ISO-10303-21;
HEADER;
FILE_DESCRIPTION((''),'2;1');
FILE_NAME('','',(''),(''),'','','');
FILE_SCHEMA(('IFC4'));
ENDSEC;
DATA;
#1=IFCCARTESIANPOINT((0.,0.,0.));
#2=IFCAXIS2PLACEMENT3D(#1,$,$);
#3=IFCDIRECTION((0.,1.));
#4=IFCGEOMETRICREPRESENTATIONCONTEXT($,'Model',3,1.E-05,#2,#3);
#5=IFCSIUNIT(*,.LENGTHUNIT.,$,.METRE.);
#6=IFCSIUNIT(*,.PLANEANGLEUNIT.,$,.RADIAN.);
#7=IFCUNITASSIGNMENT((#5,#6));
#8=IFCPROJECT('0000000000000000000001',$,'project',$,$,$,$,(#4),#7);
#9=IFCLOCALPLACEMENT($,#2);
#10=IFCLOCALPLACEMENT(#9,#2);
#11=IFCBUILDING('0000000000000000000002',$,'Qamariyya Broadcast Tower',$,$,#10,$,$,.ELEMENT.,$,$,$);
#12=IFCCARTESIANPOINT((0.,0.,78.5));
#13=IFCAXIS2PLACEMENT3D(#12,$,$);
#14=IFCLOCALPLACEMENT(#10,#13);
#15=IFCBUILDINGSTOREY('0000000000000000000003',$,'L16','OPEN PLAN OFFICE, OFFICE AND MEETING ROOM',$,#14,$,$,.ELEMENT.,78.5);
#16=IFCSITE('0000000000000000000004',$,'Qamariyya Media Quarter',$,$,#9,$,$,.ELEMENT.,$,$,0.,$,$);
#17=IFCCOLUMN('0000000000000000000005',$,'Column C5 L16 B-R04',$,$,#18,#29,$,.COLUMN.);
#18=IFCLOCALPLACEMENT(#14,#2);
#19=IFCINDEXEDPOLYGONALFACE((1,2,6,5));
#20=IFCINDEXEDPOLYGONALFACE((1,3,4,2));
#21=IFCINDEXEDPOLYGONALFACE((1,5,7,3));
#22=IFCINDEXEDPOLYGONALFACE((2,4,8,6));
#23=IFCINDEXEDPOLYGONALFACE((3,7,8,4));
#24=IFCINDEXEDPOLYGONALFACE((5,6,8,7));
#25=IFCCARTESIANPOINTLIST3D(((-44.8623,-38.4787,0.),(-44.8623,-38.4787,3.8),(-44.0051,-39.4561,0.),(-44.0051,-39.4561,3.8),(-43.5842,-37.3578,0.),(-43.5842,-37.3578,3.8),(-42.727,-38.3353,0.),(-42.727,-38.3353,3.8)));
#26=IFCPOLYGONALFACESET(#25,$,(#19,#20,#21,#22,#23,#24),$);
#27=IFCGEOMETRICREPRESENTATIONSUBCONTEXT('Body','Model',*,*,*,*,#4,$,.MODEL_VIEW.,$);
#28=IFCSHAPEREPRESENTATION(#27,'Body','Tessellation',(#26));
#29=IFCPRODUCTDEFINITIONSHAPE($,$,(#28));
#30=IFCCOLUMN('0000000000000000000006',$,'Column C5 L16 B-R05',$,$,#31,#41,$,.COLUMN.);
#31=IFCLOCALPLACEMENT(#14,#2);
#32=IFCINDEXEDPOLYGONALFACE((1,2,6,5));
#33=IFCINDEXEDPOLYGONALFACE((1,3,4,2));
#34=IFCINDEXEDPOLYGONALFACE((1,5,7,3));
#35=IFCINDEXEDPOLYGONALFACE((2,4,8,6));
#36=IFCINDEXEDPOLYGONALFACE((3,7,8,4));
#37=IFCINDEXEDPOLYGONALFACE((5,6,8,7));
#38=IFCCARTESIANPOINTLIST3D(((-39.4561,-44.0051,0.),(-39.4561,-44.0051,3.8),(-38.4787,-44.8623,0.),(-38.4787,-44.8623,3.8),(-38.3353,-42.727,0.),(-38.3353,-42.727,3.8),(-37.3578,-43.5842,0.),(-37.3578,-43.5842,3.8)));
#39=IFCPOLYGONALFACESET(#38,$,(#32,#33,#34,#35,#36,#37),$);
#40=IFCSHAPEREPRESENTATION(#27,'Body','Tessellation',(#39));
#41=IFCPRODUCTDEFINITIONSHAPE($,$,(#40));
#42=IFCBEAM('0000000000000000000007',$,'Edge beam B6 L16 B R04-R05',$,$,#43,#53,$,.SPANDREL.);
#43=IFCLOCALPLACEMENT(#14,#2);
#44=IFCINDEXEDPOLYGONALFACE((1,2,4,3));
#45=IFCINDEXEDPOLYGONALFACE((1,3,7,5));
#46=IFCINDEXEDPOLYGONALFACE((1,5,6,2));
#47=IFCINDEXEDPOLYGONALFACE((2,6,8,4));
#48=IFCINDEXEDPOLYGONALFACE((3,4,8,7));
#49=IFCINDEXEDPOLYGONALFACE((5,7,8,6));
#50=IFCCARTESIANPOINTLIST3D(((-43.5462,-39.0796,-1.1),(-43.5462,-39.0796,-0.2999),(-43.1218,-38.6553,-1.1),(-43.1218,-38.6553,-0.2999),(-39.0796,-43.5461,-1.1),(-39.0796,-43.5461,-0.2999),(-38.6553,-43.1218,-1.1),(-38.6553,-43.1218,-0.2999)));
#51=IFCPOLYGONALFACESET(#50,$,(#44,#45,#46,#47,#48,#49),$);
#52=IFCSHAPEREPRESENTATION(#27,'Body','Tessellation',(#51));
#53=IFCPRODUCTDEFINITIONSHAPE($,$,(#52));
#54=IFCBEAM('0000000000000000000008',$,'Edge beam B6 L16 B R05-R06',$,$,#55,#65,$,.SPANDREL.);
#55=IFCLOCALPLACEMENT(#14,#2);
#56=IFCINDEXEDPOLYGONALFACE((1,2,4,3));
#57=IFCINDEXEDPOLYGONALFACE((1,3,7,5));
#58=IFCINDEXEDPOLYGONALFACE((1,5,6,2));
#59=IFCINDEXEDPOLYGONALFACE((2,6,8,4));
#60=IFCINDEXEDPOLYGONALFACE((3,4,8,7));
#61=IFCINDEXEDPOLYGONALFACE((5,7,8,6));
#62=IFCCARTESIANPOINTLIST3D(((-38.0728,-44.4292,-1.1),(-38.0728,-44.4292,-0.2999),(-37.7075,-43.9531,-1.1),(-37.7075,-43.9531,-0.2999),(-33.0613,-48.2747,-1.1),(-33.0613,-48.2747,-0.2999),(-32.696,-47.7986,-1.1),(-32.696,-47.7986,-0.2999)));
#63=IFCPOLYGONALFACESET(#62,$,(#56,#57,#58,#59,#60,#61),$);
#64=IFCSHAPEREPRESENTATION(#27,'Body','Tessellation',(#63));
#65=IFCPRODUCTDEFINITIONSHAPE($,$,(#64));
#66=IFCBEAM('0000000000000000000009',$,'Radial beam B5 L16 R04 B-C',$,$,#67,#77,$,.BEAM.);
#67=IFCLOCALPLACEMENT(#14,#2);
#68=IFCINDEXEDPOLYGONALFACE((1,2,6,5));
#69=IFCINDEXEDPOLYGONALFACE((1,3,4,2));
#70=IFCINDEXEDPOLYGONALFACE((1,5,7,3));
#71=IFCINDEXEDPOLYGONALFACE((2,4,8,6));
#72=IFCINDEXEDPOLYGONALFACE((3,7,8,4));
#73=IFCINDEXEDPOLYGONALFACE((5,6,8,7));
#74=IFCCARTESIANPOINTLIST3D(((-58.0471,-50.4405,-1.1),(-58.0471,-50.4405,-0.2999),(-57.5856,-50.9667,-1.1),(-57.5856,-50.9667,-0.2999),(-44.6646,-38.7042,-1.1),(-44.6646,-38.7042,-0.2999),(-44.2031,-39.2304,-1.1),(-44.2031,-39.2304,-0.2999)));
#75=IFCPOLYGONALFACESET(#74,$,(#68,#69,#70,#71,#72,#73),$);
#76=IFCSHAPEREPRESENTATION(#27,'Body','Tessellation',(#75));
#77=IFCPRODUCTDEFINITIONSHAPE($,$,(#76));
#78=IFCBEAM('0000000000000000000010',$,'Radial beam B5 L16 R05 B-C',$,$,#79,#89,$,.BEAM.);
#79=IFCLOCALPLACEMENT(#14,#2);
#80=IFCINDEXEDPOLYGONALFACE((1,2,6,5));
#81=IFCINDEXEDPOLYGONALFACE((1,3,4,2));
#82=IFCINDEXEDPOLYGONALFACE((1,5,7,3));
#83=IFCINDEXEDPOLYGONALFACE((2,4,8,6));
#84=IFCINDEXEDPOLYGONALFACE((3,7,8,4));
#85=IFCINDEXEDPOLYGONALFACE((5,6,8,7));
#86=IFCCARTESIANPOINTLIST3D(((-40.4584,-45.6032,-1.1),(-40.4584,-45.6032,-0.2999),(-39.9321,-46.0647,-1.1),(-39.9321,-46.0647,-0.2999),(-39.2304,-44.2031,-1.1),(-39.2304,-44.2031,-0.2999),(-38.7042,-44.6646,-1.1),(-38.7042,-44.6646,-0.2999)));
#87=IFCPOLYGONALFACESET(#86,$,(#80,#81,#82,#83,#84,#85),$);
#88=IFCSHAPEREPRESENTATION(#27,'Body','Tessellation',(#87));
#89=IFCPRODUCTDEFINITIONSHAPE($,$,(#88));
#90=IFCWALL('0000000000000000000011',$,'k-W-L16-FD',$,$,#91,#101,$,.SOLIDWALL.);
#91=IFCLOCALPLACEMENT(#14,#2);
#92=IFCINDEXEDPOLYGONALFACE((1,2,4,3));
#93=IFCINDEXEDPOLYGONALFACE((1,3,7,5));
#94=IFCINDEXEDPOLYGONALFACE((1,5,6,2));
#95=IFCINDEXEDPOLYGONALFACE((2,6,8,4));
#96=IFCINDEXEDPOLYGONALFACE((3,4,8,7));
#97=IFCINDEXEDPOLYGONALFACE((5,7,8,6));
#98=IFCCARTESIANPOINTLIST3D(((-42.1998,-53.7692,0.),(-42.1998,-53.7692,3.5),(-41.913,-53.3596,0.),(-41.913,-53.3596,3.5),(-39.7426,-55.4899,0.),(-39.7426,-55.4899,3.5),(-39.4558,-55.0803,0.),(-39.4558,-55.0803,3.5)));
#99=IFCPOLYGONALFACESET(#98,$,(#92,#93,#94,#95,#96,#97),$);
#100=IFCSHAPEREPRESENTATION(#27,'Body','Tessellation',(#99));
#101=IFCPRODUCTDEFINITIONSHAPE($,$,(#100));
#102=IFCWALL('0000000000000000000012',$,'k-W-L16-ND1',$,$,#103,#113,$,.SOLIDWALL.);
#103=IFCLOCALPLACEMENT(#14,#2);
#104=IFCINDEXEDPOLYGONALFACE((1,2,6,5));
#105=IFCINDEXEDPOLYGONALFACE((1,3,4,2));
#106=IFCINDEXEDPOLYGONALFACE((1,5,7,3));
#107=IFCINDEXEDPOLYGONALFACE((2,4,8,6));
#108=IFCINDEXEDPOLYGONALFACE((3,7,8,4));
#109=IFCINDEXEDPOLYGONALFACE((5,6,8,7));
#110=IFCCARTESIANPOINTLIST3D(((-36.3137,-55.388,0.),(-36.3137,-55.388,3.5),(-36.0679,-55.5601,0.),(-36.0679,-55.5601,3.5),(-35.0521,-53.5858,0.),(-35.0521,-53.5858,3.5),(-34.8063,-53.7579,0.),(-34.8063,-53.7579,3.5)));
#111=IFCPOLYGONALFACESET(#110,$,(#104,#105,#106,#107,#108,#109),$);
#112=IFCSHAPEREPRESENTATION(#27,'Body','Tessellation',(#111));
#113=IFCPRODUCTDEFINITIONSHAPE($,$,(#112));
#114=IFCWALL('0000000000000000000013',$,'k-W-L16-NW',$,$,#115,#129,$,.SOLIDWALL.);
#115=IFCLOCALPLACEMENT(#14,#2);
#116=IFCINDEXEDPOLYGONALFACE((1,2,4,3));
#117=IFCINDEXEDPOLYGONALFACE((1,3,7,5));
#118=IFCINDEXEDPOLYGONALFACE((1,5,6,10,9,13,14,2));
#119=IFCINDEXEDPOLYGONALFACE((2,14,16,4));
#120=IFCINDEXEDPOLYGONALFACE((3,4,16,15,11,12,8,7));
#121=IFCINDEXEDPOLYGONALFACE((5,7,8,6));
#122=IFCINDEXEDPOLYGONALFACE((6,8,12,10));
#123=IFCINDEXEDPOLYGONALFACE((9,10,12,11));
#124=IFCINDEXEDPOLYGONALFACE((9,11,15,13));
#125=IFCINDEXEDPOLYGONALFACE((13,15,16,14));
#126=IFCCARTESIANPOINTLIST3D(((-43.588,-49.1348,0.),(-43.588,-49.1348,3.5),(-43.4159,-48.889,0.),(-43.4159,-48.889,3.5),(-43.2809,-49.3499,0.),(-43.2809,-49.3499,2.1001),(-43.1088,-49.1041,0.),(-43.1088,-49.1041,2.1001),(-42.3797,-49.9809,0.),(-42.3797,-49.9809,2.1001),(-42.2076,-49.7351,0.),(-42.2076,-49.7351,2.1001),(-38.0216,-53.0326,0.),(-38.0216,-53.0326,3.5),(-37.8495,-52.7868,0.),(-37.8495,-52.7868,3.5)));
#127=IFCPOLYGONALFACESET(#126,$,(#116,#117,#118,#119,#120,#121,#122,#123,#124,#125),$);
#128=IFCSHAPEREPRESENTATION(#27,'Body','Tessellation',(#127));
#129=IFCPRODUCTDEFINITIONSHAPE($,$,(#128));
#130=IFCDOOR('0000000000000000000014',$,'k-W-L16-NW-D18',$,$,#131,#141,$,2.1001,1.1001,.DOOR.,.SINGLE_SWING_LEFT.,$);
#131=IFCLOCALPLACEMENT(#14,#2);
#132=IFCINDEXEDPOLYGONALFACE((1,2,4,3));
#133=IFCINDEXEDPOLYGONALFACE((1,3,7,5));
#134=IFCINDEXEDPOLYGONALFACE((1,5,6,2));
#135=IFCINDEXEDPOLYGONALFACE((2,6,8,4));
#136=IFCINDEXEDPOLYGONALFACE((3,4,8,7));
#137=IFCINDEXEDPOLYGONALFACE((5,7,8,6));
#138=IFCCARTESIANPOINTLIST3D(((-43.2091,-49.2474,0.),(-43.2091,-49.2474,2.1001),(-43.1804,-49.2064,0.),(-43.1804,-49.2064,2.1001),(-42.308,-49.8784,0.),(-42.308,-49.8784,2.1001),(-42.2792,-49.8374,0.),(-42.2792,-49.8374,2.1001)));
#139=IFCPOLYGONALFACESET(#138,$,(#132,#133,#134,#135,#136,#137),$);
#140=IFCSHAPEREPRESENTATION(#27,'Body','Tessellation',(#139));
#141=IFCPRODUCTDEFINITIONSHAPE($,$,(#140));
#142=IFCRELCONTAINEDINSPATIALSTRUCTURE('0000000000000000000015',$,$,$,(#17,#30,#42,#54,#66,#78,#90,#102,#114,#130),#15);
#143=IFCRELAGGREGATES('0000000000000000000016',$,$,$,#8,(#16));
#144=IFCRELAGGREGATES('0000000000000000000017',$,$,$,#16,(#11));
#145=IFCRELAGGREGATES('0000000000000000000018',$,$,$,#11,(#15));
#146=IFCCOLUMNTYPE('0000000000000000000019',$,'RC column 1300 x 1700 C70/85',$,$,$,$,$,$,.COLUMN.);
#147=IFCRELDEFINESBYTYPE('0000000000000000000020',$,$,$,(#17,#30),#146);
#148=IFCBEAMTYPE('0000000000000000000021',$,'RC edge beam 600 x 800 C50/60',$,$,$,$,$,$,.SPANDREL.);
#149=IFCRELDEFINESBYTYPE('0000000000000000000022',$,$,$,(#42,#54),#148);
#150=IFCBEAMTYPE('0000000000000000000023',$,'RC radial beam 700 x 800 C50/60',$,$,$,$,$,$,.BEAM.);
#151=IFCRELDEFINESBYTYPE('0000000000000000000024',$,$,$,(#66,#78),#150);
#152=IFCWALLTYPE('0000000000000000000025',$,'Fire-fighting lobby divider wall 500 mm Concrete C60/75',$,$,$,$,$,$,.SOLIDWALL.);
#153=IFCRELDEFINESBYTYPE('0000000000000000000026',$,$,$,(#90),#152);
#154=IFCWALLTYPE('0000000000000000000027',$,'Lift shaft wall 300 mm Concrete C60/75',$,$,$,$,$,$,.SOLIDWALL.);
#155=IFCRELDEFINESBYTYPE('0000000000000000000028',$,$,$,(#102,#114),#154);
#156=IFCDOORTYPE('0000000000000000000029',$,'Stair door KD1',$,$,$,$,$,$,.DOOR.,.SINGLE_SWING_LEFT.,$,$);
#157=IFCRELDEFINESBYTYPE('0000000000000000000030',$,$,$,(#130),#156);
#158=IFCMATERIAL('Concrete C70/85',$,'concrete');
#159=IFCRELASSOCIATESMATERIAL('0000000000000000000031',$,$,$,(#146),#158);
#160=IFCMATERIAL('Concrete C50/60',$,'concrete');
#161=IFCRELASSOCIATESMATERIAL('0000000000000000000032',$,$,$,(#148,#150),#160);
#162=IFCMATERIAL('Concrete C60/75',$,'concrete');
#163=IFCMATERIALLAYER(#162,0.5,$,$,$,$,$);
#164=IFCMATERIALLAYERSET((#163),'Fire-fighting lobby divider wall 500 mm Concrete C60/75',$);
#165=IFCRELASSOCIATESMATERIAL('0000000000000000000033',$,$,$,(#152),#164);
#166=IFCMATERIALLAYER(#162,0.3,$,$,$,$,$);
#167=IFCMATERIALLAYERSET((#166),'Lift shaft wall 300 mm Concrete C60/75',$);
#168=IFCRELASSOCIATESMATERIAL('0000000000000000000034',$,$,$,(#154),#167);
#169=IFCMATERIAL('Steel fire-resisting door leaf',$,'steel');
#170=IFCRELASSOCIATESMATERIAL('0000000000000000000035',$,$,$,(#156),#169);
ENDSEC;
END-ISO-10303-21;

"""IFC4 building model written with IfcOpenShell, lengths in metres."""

from ifc_helpers import new_model, si_unit, direction, frame, frame_2d, origin, origin_2d, place, context, subcontext, project, spatial, rectangle, extrude, material, layer, layer_set, material_profile, profile_set, type_object, element, fill, save


model = new_model("IFC4")

# Units and contexts
model_context = context("Model", 3, precision=1e-05, world=origin(), true_north=direction((0.0, 1.0)))
body_context = subcontext(model_context, "Body", "Model", "MODEL_VIEW")
ifc_project = project(units=[si_unit("LENGTHUNIT", "METRE"), si_unit("PLANEANGLEUNIT", "RADIAN")], contexts=[model_context])

# Site, building, storey
site_placement = place(None, origin())
site = spatial("IfcSite", under=ifc_project, at=site_placement, Name="Qamariyya Media Quarter", CompositionType="ELEMENT", RefElevation=0.0)
building_placement = place(site_placement, origin())
building = spatial("IfcBuilding", under=site, at=building_placement, Name="Qamariyya Broadcast Tower", CompositionType="ELEMENT")
storey_placement = place(building_placement, frame((0.0, 0.0, 78.5)))
storey = spatial("IfcBuildingStorey", under=building, at=storey_placement, Name="L16", Description="OPEN PLAN OFFICE, OFFICE AND MEETING ROOM", CompositionType="ELEMENT", Elevation=78.5)

# Columns
ifc_material_1 = material(Name="Concrete C70/85", Category="concrete")
ifc_material_profile_1 = material_profile(ifc_material_1, rectangle(XDim=1.3, YDim=1.7, at=origin_2d()))
ifc_profile_set_1 = profile_set([ifc_material_profile_1], Name="Concrete C70/85")
column_type = type_object("IfcColumnType", Name="RC column 1300 x 1700 C70/85", PredefinedType="COLUMN", material=ifc_profile_set_1)
for number, where, z_axis, x_axis, name in (
    (1, (-43.7947, -38.407, 0.0), (0.0, 0.0, 1.0), (0.659346, -0.75184, 0.0), "Column C5 L16 B-R04"),
    (2, (-38.407, -43.7947, 0.0), (0.0, 0.0, 1.0), (0.75184, -0.659346, 0.0), "Column C5 L16 B-R05"),
):
    element("IfcColumn", number, at=place(storey_placement, frame(where, z_axis=z_axis, x_axis=x_axis)), inside=storey, type_object=column_type, Name=name, PredefinedType="COLUMN", context=body_context, shape_type="SweptSolid", body=[
        extrude(rectangle(XDim=1.3, YDim=1.7, at=origin_2d()), origin(), (0.0, 0.0, 1.0), 3.8),
    ])

# Beams
ifc_material_2 = material(Name="Concrete C50/60", Category="concrete")
ifc_material_profile_2 = material_profile(ifc_material_2, rectangle(XDim=0.6001, YDim=0.8, at=origin_2d()))
ifc_profile_set_2 = profile_set([ifc_material_profile_2], Name="Concrete C50/60")
beam_type_1 = type_object("IfcBeamType", Name="RC edge beam 600 x 800 C50/60", PredefinedType="SPANDREL", material=ifc_profile_set_2)
beam_1_placement = place(storey_placement, frame((-43.334, -38.8674, -0.7), z_axis=(0.707107, -0.707107, 0.0), x_axis=(0.707107, 0.707107, 0.0)))
element("IfcBeam", 3, at=beam_1_placement, inside=storey, type_object=beam_type_1, Name="Edge beam B6 L16 B R04-R05", PredefinedType="SPANDREL", context=body_context, shape_type="SweptSolid", body=[
    extrude(rectangle(XDim=0.6001, YDim=0.8, at=origin_2d()), origin(), (0.0, 0.0, 1.0), 6.3167),
])
beam_2_placement = place(storey_placement, frame((-37.8901, -44.1912, -0.7), z_axis=(0.793352, -0.608763, 0.0), x_axis=(0.608763, 0.793352, 0.0)))
element("IfcBeam", 4, at=beam_2_placement, inside=storey, type_object=beam_type_1, Name="Edge beam B6 L16 B R05-R06", PredefinedType="SPANDREL", context=body_context, shape_type="SweptSolid", body=[
    extrude(rectangle(XDim=0.6001, YDim=0.8, at=origin_2d()), origin(), (0.0, 0.0, 1.0), 6.3169),
])
ifc_material_profile_3 = material_profile(ifc_material_2, rectangle(XDim=0.7, YDim=0.8, at=origin_2d()))
ifc_profile_set_3 = profile_set([ifc_material_profile_3], Name="Concrete C50/60")
beam_type_2 = type_object("IfcBeamType", Name="RC radial beam 700 x 800 C50/60", PredefinedType="BEAM", material=ifc_profile_set_3)
beam_3_placement = place(storey_placement, frame((-44.4338, -38.9673, -0.7), z_axis=(-0.751836, -0.65935, 0.0), x_axis=(0.65935, -0.751836, 0.0)))
element("IfcBeam", 5, at=beam_3_placement, inside=storey, type_object=beam_type_2, Name="Radial beam B5 L16 R04 B-C", PredefinedType="BEAM", context=body_context, shape_type="SweptSolid", body=[
    extrude(rectangle(XDim=0.7, YDim=0.8, at=origin_2d()), origin(), (0.0, 0.0, 1.0), 17.7998),
])
beam_4_placement = place(storey_placement, frame((-38.9673, -44.4338, -0.7), z_axis=(-0.659386, -0.751805, 0.0), x_axis=(0.751805, -0.659386, 0.0)))
element("IfcBeam", 6, at=beam_4_placement, inside=storey, type_object=beam_type_2, Name="Radial beam B5 L16 R05 B-C", PredefinedType="BEAM", context=body_context, shape_type="SweptSolid", body=[
    extrude(rectangle(XDim=0.7, YDim=0.8, at=origin_2d()), origin(), (0.0, 0.0, 1.0), 1.8623),
])

# Walls
ifc_material_3 = material(Name="Concrete C60/75", Category="concrete")
ifc_layer_1 = layer(ifc_material_3, 0.5)
ifc_layer_set_1 = layer_set([ifc_layer_1], Name="Fire-fighting lobby divider wall 500 mm Concrete C60/75")
wall_type_1 = type_object("IfcWallType", Name="Fire-fighting lobby divider wall 500 mm Concrete C60/75", PredefinedType="SOLIDWALL", material=ifc_layer_set_1)
wall_1_placement = place(storey_placement, frame((-39.5991, -55.2852, 0.0), z_axis=(0.0, 0.0, 1.0), x_axis=(-0.819136, 0.573599, 0.0)))
element("IfcWall", 7, at=wall_1_placement, inside=storey, type_object=wall_type_1, Name="k-W-L16-FD", PredefinedType="SOLIDWALL", context=body_context, shape_type="SweptSolid", body=[
    extrude(rectangle(XDim=2.9998, YDim=0.5, at=frame_2d((1.5, 0.0))), origin(), (0.0, 0.0, 1.0), 3.5),
])
ifc_layer_2 = layer(ifc_material_3, 0.3)
ifc_layer_set_2 = layer_set([ifc_layer_2], Name="Lift shaft wall 300 mm Concrete C60/75")
wall_type_2 = type_object("IfcWallType", Name="Lift shaft wall 300 mm Concrete C60/75", PredefinedType="SOLIDWALL", material=ifc_layer_set_2)
wall_2_placement = place(storey_placement, frame((-36.1909, -55.4741, 0.0), z_axis=(0.0, 0.0, 1.0), x_axis=(0.573507, 0.819201, 0.0)))
element("IfcWall", 8, at=wall_2_placement, inside=storey, type_object=wall_type_2, Name="k-W-L16-ND1", PredefinedType="SOLIDWALL", context=body_context, shape_type="SweptSolid", body=[
    extrude(rectangle(XDim=2.2, YDim=0.3, at=frame_2d((1.1001, 0.0))), origin(), (0.0, 0.0, 1.0), 3.5),
])

# Wall, opening, door
wall_3_placement = place(storey_placement, frame((-37.9355, -52.9097, 0.0), z_axis=(0.0, 0.0, 1.0), x_axis=(-0.819148, 0.573583, 0.0)))
wall_3 = element("IfcWall", 9, at=wall_3_placement, inside=storey, type_object=wall_type_2, Name="k-W-L16-NW", PredefinedType="SOLIDWALL", context=body_context, shape_type="SweptSolid", body=[
    extrude(rectangle(XDim=6.7954, YDim=0.3, at=frame_2d((3.3977, 0.0))), origin(), (0.0, 0.0, 1.0), 3.5),
])
opening_1_placement = place(wall_3_placement, frame((5.3203, 0.0, 0.0)))
opening_1 = element("IfcOpeningElement", 10, at=opening_1_placement, cuts=wall_3, PredefinedType="OPENING", context=body_context, shape_type="SweptSolid", body=[
    extrude(rectangle(XDim=1.1001, YDim=2.1001, at=frame_2d((0.55, 1.05))), frame((0.0, 0.1599, 0.0), z_axis=(0.0, -1.0, 0.0), x_axis=(1.0, 0.0, 0.0)), (0.0, 0.0, 1.0), 0.3201),
])
ifc_material_4 = material(Name="Steel fire-resisting door leaf", Category="steel")
door_type_1 = type_object("IfcDoorType", Name="Stair door KD1", OperationType="SINGLE_SWING_LEFT", PredefinedType="DOOR", material=ifc_material_4)
door_1_placement = place(opening_1_placement, origin())
door_1 = element("IfcDoor", 11, at=door_1_placement, inside=storey, type_object=door_type_1, Name="k-W-L16-NW-D18", OperationType="SINGLE_SWING_LEFT", OverallHeight=2.1001, OverallWidth=1.1001, PredefinedType="DOOR", context=body_context, shape_type="SweptSolid", body=[
    extrude(rectangle(XDim=1.1001, YDim=2.1001, at=frame_2d((0.55, 1.05))), frame((0.0, 0.0249, 0.0), z_axis=(0.0, -1.0, 0.0), x_axis=(1.0, 0.0, 0.0)), (0.0, 0.0, 1.0), 0.05),
])
fill(opening_1, door_1)

save(model, "model.ifc")
